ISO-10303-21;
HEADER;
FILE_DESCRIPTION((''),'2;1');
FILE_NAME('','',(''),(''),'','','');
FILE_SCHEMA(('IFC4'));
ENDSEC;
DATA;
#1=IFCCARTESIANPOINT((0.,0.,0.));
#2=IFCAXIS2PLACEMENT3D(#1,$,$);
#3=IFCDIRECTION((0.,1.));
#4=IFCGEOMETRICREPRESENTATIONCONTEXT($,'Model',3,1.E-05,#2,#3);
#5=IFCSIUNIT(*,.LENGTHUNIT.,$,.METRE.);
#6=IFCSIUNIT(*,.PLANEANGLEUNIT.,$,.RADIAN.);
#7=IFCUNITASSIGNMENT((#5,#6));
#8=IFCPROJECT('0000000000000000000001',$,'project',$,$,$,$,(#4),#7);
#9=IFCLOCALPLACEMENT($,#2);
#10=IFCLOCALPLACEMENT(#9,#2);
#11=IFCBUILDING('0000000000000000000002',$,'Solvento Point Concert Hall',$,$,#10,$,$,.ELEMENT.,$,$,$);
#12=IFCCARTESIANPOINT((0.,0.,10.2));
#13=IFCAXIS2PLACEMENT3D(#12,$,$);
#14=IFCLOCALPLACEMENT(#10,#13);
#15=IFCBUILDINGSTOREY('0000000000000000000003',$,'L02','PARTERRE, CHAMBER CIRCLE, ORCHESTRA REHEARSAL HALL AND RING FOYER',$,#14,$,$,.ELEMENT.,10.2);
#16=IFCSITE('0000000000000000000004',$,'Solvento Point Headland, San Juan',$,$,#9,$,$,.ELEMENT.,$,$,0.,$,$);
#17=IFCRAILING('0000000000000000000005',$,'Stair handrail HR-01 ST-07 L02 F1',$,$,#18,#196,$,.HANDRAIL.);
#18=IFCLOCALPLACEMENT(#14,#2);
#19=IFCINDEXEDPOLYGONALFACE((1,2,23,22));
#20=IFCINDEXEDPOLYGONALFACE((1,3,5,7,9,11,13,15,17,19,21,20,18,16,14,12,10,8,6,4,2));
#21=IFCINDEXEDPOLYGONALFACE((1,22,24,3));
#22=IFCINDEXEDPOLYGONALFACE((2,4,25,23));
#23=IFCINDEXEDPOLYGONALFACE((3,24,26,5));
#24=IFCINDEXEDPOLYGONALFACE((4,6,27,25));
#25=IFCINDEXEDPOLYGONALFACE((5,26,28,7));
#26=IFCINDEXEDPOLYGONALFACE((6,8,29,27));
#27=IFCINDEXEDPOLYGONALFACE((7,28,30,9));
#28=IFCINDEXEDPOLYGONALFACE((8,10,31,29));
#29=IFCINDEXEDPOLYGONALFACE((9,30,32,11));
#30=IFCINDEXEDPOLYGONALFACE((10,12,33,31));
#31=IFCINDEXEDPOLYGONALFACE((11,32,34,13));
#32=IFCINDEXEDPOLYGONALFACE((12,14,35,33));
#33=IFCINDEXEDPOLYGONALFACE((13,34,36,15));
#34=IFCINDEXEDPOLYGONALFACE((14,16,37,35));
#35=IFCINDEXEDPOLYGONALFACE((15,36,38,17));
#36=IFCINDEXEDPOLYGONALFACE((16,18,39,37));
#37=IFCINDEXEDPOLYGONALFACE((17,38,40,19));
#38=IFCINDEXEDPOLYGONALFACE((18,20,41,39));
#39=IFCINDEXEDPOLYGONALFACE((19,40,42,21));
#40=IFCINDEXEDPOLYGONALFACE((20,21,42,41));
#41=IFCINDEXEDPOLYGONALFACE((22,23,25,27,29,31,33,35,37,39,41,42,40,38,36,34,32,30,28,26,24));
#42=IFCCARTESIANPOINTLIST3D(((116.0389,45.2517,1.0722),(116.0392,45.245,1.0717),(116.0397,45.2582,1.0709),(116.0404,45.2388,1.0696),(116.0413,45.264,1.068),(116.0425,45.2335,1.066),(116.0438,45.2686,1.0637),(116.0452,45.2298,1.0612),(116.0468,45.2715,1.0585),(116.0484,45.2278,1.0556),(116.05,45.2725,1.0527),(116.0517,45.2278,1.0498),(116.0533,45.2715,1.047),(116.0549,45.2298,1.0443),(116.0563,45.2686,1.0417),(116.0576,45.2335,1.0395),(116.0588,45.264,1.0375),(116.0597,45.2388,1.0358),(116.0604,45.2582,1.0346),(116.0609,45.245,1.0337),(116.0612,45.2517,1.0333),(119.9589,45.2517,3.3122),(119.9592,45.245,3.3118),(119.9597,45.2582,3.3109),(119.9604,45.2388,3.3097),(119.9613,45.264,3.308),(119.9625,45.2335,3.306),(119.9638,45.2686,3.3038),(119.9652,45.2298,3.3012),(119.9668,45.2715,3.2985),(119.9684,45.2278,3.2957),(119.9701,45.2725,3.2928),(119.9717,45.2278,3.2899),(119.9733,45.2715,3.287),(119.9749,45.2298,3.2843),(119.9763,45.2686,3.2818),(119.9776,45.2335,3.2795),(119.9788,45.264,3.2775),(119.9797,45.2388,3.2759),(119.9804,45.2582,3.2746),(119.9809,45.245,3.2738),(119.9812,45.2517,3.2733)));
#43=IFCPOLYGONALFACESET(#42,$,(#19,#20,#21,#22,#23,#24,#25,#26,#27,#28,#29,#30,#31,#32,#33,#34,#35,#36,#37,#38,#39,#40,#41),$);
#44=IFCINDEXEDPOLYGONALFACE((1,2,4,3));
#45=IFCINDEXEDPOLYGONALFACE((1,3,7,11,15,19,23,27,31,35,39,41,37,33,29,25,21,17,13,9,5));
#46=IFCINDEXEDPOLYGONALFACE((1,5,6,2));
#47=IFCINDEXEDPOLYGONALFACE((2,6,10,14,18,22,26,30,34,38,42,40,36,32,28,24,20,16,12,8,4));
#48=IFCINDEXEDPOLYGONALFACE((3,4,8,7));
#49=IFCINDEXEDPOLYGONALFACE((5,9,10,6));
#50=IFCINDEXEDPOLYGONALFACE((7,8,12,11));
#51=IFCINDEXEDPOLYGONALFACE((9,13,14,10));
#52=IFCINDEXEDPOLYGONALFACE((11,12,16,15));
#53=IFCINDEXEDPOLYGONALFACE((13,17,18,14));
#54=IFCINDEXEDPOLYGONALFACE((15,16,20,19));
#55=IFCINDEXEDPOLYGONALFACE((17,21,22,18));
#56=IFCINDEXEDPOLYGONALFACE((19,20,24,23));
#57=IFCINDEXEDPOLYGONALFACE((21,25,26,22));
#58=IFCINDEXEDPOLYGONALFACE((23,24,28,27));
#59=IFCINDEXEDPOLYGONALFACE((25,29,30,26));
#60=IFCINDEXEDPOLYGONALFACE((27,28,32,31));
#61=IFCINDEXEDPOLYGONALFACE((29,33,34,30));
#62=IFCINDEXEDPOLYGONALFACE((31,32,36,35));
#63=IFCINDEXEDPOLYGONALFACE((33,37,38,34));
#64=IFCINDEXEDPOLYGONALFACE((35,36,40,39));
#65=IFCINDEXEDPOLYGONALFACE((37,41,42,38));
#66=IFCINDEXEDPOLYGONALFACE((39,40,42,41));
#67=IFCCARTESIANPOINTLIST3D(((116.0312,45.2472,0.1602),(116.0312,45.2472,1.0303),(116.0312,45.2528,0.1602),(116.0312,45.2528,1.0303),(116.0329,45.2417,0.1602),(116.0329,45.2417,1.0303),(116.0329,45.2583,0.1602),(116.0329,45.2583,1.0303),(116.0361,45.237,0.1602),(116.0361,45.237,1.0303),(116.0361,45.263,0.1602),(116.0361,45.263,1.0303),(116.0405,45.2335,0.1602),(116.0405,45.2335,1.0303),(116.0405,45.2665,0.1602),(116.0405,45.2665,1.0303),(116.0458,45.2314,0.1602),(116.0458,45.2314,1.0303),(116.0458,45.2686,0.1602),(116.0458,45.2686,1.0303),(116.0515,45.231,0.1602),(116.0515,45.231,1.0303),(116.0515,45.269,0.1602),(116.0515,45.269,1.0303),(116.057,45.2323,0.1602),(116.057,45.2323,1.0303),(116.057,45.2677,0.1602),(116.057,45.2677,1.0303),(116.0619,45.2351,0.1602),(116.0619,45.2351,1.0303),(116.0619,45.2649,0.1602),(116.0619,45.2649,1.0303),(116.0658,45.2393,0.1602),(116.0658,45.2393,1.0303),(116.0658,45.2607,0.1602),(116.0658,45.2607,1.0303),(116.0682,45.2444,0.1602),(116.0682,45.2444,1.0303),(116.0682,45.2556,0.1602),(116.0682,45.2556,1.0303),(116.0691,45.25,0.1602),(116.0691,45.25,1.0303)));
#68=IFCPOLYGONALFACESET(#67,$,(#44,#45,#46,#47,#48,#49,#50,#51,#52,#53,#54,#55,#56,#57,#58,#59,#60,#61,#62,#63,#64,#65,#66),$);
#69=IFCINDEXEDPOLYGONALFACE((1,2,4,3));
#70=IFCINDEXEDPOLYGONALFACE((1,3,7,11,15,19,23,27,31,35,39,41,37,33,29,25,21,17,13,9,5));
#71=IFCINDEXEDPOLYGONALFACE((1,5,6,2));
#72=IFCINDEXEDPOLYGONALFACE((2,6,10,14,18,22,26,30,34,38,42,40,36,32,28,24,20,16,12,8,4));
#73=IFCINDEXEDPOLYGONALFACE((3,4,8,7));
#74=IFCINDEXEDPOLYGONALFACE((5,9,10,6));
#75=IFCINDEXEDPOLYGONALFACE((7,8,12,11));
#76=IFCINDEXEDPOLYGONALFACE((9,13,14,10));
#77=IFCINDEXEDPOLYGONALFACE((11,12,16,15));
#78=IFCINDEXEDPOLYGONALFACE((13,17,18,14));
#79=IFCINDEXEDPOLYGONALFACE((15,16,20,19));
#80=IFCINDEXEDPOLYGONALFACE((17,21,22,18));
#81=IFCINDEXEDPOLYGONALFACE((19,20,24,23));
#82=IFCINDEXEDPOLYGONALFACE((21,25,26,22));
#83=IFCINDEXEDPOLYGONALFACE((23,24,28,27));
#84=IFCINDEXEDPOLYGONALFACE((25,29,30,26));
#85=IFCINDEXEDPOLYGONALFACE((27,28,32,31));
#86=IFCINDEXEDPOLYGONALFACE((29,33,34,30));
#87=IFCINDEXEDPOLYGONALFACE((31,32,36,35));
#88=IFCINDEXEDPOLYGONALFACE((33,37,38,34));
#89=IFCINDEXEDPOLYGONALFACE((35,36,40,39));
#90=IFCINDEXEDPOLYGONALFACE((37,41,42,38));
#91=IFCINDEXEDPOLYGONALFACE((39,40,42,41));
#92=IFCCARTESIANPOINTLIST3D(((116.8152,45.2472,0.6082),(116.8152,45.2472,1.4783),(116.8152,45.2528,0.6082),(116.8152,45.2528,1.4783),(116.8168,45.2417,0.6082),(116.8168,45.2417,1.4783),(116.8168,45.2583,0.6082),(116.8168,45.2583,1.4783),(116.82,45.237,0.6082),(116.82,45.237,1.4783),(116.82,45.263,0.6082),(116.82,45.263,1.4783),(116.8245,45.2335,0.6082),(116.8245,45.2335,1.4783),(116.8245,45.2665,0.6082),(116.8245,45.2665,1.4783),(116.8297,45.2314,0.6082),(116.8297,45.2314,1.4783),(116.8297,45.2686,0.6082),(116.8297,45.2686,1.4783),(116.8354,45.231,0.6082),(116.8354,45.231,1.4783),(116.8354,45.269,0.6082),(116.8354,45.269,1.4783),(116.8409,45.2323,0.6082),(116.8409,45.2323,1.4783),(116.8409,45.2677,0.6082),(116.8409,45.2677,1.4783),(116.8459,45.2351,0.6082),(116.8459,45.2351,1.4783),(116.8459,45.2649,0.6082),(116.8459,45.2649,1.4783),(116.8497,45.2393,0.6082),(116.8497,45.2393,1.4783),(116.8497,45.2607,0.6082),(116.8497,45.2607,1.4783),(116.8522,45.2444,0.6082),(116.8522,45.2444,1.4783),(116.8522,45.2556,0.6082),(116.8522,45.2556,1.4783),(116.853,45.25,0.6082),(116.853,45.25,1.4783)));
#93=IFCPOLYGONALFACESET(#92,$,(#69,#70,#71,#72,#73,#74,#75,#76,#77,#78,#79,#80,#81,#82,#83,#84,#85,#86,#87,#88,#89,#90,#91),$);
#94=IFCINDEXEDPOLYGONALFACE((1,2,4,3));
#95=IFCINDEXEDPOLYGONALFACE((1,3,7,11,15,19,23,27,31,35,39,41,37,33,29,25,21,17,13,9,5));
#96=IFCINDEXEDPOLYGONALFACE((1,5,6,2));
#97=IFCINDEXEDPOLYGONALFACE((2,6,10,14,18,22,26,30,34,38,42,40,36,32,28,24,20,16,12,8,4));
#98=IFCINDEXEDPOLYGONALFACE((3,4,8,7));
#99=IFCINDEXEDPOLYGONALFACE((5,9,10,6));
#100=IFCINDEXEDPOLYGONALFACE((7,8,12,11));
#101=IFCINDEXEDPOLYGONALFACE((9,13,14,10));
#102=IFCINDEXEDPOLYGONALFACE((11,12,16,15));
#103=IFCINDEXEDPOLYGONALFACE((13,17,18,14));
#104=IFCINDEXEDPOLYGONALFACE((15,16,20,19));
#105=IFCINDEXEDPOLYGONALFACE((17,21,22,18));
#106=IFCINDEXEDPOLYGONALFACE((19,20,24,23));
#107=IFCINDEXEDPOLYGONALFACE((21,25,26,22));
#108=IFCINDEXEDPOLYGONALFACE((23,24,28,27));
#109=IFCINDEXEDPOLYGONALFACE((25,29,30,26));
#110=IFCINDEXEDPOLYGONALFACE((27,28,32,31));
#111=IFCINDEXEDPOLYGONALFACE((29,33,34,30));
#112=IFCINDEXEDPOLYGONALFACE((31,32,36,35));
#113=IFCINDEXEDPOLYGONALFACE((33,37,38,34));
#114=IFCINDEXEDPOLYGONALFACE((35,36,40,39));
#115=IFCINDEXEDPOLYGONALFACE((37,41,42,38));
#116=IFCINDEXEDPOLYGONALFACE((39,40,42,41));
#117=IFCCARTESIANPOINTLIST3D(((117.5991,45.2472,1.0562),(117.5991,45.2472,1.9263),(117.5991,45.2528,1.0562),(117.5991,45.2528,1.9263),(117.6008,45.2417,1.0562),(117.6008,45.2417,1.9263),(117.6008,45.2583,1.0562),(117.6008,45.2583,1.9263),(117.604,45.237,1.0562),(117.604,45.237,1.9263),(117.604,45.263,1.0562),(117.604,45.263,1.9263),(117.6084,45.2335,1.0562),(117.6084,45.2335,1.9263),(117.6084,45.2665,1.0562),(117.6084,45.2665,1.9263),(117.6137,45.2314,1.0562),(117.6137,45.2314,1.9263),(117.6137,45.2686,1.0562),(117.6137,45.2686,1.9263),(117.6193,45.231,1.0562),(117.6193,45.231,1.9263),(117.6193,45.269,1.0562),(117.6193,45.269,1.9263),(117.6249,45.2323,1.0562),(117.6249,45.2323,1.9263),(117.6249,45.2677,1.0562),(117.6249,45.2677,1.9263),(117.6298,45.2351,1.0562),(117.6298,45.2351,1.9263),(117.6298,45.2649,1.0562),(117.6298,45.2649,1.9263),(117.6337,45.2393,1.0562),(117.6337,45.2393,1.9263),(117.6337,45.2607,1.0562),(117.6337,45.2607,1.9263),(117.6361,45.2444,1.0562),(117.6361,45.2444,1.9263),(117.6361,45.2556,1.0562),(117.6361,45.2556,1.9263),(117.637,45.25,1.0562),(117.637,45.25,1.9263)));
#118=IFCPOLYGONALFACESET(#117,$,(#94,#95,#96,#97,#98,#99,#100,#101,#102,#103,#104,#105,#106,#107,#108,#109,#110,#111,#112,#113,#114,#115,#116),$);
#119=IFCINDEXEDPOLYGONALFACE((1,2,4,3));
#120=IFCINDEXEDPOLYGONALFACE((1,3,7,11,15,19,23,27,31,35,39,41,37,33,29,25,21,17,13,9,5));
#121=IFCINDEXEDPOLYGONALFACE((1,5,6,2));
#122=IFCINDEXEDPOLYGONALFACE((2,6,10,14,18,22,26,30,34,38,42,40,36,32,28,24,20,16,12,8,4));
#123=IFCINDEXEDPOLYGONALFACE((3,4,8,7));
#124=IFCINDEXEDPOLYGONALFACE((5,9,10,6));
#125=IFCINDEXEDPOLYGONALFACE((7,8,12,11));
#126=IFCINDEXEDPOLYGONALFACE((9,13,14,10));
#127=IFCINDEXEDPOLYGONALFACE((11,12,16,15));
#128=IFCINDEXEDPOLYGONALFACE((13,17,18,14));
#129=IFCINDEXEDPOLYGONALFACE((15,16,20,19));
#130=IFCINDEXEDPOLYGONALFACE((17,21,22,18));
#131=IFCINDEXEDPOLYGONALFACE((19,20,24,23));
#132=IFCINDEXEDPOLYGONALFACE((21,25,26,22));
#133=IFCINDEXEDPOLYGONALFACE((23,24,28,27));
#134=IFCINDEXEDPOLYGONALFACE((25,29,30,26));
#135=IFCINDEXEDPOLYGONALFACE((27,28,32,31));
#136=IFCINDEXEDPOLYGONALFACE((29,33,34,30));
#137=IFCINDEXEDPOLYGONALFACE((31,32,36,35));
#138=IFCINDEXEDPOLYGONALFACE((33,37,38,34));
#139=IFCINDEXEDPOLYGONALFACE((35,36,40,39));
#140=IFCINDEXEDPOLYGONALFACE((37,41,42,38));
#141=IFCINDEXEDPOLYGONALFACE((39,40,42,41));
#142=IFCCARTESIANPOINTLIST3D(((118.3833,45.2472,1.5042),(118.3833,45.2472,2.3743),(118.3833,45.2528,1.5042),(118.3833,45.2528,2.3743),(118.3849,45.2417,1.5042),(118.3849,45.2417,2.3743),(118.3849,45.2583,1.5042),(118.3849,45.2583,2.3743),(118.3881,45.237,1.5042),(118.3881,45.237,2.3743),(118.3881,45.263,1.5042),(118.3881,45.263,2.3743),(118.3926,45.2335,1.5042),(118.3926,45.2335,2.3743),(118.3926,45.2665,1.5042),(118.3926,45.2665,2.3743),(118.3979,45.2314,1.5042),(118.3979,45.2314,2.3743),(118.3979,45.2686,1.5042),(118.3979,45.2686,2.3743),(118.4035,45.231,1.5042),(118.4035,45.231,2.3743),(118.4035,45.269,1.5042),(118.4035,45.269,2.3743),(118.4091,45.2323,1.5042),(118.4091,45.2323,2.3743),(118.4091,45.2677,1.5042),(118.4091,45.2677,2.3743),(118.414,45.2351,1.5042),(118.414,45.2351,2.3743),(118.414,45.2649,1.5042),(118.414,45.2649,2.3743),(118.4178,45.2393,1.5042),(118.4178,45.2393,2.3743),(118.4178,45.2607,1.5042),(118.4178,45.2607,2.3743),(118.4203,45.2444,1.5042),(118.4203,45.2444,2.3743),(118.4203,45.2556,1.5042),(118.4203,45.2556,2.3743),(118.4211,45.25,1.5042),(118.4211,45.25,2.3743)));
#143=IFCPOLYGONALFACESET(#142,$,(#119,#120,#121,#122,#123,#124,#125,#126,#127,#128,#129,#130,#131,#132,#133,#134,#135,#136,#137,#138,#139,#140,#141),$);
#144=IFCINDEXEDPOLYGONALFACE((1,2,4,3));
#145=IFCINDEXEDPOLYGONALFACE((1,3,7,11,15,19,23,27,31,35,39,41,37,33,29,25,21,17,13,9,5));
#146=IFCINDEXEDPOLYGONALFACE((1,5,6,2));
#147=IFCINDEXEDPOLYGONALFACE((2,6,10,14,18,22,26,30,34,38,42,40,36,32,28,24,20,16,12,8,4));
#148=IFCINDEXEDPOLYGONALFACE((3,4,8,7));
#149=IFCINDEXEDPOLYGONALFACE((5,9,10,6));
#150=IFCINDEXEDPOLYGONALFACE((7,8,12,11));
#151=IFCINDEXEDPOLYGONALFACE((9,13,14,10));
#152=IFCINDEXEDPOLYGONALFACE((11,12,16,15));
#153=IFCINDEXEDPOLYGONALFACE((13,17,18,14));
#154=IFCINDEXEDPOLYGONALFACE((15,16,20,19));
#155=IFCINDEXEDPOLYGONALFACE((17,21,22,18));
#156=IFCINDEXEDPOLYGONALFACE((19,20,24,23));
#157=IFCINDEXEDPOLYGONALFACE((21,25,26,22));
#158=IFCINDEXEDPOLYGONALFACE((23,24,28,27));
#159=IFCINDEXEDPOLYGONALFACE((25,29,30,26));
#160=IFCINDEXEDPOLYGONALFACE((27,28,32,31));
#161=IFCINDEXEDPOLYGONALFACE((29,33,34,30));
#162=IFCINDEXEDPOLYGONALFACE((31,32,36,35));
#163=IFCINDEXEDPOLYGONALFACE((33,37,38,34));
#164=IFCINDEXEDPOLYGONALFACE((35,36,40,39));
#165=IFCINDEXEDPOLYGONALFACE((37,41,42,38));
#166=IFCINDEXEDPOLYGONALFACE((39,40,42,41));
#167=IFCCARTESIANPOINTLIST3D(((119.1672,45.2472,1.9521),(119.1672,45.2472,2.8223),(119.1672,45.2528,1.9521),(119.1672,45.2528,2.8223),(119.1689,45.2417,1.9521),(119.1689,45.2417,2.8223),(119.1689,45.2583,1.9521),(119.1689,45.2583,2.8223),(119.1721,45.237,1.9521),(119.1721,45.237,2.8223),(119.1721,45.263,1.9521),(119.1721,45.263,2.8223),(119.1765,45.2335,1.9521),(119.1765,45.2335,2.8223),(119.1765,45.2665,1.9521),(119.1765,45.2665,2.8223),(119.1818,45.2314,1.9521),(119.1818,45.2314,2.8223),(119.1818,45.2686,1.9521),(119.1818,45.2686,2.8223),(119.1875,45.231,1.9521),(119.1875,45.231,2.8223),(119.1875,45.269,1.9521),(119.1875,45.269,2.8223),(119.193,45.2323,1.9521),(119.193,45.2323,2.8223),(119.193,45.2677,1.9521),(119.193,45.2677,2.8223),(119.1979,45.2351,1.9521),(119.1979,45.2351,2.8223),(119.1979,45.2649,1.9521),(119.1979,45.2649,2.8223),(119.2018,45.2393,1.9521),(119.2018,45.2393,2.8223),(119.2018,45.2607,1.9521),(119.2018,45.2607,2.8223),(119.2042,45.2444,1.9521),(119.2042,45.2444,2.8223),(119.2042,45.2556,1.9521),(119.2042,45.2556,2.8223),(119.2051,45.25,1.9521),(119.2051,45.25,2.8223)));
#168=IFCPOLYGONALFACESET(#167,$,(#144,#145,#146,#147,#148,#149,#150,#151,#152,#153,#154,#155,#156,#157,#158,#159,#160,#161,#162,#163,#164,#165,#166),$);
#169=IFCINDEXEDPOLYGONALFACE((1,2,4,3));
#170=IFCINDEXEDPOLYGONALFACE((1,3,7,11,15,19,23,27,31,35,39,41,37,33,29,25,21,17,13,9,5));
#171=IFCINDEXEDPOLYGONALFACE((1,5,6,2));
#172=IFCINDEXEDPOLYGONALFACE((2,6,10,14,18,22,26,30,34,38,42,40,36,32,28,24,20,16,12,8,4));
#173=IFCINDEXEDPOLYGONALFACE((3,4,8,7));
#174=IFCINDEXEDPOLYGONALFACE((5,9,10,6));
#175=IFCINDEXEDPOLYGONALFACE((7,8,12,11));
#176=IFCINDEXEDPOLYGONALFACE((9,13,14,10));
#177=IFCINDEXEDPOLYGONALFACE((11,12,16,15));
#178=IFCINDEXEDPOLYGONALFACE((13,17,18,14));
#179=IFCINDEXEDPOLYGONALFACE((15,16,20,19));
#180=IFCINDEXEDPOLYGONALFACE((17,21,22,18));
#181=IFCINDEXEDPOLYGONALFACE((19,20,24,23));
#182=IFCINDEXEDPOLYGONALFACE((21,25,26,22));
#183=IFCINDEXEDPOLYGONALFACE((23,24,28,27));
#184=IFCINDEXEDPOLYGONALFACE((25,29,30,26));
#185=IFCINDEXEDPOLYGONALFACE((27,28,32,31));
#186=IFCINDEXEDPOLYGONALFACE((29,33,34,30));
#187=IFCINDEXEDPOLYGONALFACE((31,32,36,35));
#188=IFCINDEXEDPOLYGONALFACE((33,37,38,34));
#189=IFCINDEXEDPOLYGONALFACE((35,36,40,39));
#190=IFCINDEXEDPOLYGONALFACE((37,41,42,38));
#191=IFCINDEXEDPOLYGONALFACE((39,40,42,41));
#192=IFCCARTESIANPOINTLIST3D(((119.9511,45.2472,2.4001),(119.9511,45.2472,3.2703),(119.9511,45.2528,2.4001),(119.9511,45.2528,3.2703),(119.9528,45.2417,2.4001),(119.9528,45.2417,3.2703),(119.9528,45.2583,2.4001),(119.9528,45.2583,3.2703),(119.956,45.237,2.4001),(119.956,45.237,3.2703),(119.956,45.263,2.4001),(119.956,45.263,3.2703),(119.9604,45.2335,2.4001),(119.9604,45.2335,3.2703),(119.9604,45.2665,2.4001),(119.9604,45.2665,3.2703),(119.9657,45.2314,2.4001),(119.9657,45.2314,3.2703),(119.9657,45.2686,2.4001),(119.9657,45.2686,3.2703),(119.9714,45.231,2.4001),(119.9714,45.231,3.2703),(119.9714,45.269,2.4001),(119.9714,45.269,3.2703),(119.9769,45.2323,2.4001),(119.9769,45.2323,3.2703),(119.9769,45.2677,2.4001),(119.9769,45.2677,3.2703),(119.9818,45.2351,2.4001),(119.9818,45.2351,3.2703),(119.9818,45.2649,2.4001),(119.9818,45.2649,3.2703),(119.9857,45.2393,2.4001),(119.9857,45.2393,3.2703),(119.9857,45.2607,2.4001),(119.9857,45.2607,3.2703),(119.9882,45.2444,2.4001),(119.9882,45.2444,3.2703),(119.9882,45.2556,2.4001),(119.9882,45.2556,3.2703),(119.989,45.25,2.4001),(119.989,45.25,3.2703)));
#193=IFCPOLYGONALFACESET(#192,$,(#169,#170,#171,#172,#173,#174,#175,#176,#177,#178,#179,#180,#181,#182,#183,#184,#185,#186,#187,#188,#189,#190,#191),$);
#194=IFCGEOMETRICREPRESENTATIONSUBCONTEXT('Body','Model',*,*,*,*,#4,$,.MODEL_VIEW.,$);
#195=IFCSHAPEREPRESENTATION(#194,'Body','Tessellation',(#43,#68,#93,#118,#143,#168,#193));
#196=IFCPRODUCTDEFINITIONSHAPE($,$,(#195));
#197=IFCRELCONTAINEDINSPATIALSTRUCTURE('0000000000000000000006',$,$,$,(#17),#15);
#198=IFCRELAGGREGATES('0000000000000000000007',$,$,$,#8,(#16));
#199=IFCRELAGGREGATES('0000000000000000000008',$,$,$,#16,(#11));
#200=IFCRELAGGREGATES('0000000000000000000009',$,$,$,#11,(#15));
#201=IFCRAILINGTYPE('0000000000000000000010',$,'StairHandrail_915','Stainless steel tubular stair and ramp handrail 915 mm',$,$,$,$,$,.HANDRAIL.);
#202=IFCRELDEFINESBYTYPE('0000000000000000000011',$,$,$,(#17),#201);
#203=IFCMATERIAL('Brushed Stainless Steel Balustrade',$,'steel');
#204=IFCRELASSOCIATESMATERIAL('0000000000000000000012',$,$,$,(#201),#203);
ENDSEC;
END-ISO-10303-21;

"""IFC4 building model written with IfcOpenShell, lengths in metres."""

from ifc_helpers import new_model, si_unit, direction, frame, origin, origin_2d, place, context, subcontext, project, spatial, circle, extrude, material, type_object, element, save


model = new_model("IFC4")

# Units and contexts
model_context = context("Model", 3, precision=1e-05, world=origin(), true_north=direction((0.0, 1.0)))
body_context = subcontext(model_context, "Body", "Model", "MODEL_VIEW")
ifc_project = project(units=[si_unit("LENGTHUNIT", "METRE"), si_unit("PLANEANGLEUNIT", "RADIAN")], contexts=[model_context])

# Site, building, storey
site_placement = place(None, origin())
site = spatial("IfcSite", under=ifc_project, at=site_placement, Name="Solvento Point Headland, San Juan", CompositionType="ELEMENT", RefElevation=0.0)
building_placement = place(site_placement, origin())
building = spatial("IfcBuilding", under=site, at=building_placement, Name="Solvento Point Concert Hall", CompositionType="ELEMENT")
storey_placement = place(building_placement, frame((0.0, 0.0, 10.2)))
storey = spatial("IfcBuildingStorey", under=building, at=storey_placement, Name="L02", Description="PARTERRE, CHAMBER CIRCLE, ORCHESTRA REHEARSAL HALL AND RING FOYER", CompositionType="ELEMENT", Elevation=10.2)

# Railing
ifc_material_1 = material(Name="Brushed Stainless Steel Balustrade", Category="steel")
railing_type_1 = type_object("IfcRailingType", Name="StairHandrail_915", Description="Stainless steel tubular stair and ramp handrail 915 mm", PredefinedType="HANDRAIL", material=ifc_material_1)
railing_1_placement = place(storey_placement, frame((116.05, 45.25, 0.1602)))
element("IfcRailing", 1, at=railing_1_placement, inside=storey, type_object=railing_type_1, Name="Stair handrail HR-01 ST-07 L02 F1", PredefinedType="HANDRAIL", context=body_context, shape_type="SweptSolid", body=[
    extrude(circle(Radius=0.0225, at=origin_2d()), frame((0.0, 0.0, 0.8926), z_axis=(0.86824, 0.0, 0.496145), x_axis=(0.0, 1.0, 0.0)), (0.0, 0.0, 1.0), 4.5149),
    extrude(circle(Radius=0.019, at=origin_2d()), origin(), (0.0, 0.0, 1.0), 0.8701),
    extrude(circle(Radius=0.019, at=origin_2d()), frame((0.7839, 0.0, 0.448)), (0.0, 0.0, 1.0), 0.8701),
    extrude(circle(Radius=0.019, at=origin_2d()), frame((1.5679, 0.0, 0.896)), (0.0, 0.0, 1.0), 0.8701),
    extrude(circle(Radius=0.019, at=origin_2d()), frame((2.3521, 0.0, 1.344)), (0.0, 0.0, 1.0), 0.8701),
    extrude(circle(Radius=0.019, at=origin_2d()), frame((3.136, 0.0, 1.792)), (0.0, 0.0, 1.0), 0.8701),
    extrude(circle(Radius=0.019, at=origin_2d()), frame((3.9199, 0.0, 2.24)), (0.0, 0.0, 1.0), 0.8701),
])

save(model, "model.ifc")
